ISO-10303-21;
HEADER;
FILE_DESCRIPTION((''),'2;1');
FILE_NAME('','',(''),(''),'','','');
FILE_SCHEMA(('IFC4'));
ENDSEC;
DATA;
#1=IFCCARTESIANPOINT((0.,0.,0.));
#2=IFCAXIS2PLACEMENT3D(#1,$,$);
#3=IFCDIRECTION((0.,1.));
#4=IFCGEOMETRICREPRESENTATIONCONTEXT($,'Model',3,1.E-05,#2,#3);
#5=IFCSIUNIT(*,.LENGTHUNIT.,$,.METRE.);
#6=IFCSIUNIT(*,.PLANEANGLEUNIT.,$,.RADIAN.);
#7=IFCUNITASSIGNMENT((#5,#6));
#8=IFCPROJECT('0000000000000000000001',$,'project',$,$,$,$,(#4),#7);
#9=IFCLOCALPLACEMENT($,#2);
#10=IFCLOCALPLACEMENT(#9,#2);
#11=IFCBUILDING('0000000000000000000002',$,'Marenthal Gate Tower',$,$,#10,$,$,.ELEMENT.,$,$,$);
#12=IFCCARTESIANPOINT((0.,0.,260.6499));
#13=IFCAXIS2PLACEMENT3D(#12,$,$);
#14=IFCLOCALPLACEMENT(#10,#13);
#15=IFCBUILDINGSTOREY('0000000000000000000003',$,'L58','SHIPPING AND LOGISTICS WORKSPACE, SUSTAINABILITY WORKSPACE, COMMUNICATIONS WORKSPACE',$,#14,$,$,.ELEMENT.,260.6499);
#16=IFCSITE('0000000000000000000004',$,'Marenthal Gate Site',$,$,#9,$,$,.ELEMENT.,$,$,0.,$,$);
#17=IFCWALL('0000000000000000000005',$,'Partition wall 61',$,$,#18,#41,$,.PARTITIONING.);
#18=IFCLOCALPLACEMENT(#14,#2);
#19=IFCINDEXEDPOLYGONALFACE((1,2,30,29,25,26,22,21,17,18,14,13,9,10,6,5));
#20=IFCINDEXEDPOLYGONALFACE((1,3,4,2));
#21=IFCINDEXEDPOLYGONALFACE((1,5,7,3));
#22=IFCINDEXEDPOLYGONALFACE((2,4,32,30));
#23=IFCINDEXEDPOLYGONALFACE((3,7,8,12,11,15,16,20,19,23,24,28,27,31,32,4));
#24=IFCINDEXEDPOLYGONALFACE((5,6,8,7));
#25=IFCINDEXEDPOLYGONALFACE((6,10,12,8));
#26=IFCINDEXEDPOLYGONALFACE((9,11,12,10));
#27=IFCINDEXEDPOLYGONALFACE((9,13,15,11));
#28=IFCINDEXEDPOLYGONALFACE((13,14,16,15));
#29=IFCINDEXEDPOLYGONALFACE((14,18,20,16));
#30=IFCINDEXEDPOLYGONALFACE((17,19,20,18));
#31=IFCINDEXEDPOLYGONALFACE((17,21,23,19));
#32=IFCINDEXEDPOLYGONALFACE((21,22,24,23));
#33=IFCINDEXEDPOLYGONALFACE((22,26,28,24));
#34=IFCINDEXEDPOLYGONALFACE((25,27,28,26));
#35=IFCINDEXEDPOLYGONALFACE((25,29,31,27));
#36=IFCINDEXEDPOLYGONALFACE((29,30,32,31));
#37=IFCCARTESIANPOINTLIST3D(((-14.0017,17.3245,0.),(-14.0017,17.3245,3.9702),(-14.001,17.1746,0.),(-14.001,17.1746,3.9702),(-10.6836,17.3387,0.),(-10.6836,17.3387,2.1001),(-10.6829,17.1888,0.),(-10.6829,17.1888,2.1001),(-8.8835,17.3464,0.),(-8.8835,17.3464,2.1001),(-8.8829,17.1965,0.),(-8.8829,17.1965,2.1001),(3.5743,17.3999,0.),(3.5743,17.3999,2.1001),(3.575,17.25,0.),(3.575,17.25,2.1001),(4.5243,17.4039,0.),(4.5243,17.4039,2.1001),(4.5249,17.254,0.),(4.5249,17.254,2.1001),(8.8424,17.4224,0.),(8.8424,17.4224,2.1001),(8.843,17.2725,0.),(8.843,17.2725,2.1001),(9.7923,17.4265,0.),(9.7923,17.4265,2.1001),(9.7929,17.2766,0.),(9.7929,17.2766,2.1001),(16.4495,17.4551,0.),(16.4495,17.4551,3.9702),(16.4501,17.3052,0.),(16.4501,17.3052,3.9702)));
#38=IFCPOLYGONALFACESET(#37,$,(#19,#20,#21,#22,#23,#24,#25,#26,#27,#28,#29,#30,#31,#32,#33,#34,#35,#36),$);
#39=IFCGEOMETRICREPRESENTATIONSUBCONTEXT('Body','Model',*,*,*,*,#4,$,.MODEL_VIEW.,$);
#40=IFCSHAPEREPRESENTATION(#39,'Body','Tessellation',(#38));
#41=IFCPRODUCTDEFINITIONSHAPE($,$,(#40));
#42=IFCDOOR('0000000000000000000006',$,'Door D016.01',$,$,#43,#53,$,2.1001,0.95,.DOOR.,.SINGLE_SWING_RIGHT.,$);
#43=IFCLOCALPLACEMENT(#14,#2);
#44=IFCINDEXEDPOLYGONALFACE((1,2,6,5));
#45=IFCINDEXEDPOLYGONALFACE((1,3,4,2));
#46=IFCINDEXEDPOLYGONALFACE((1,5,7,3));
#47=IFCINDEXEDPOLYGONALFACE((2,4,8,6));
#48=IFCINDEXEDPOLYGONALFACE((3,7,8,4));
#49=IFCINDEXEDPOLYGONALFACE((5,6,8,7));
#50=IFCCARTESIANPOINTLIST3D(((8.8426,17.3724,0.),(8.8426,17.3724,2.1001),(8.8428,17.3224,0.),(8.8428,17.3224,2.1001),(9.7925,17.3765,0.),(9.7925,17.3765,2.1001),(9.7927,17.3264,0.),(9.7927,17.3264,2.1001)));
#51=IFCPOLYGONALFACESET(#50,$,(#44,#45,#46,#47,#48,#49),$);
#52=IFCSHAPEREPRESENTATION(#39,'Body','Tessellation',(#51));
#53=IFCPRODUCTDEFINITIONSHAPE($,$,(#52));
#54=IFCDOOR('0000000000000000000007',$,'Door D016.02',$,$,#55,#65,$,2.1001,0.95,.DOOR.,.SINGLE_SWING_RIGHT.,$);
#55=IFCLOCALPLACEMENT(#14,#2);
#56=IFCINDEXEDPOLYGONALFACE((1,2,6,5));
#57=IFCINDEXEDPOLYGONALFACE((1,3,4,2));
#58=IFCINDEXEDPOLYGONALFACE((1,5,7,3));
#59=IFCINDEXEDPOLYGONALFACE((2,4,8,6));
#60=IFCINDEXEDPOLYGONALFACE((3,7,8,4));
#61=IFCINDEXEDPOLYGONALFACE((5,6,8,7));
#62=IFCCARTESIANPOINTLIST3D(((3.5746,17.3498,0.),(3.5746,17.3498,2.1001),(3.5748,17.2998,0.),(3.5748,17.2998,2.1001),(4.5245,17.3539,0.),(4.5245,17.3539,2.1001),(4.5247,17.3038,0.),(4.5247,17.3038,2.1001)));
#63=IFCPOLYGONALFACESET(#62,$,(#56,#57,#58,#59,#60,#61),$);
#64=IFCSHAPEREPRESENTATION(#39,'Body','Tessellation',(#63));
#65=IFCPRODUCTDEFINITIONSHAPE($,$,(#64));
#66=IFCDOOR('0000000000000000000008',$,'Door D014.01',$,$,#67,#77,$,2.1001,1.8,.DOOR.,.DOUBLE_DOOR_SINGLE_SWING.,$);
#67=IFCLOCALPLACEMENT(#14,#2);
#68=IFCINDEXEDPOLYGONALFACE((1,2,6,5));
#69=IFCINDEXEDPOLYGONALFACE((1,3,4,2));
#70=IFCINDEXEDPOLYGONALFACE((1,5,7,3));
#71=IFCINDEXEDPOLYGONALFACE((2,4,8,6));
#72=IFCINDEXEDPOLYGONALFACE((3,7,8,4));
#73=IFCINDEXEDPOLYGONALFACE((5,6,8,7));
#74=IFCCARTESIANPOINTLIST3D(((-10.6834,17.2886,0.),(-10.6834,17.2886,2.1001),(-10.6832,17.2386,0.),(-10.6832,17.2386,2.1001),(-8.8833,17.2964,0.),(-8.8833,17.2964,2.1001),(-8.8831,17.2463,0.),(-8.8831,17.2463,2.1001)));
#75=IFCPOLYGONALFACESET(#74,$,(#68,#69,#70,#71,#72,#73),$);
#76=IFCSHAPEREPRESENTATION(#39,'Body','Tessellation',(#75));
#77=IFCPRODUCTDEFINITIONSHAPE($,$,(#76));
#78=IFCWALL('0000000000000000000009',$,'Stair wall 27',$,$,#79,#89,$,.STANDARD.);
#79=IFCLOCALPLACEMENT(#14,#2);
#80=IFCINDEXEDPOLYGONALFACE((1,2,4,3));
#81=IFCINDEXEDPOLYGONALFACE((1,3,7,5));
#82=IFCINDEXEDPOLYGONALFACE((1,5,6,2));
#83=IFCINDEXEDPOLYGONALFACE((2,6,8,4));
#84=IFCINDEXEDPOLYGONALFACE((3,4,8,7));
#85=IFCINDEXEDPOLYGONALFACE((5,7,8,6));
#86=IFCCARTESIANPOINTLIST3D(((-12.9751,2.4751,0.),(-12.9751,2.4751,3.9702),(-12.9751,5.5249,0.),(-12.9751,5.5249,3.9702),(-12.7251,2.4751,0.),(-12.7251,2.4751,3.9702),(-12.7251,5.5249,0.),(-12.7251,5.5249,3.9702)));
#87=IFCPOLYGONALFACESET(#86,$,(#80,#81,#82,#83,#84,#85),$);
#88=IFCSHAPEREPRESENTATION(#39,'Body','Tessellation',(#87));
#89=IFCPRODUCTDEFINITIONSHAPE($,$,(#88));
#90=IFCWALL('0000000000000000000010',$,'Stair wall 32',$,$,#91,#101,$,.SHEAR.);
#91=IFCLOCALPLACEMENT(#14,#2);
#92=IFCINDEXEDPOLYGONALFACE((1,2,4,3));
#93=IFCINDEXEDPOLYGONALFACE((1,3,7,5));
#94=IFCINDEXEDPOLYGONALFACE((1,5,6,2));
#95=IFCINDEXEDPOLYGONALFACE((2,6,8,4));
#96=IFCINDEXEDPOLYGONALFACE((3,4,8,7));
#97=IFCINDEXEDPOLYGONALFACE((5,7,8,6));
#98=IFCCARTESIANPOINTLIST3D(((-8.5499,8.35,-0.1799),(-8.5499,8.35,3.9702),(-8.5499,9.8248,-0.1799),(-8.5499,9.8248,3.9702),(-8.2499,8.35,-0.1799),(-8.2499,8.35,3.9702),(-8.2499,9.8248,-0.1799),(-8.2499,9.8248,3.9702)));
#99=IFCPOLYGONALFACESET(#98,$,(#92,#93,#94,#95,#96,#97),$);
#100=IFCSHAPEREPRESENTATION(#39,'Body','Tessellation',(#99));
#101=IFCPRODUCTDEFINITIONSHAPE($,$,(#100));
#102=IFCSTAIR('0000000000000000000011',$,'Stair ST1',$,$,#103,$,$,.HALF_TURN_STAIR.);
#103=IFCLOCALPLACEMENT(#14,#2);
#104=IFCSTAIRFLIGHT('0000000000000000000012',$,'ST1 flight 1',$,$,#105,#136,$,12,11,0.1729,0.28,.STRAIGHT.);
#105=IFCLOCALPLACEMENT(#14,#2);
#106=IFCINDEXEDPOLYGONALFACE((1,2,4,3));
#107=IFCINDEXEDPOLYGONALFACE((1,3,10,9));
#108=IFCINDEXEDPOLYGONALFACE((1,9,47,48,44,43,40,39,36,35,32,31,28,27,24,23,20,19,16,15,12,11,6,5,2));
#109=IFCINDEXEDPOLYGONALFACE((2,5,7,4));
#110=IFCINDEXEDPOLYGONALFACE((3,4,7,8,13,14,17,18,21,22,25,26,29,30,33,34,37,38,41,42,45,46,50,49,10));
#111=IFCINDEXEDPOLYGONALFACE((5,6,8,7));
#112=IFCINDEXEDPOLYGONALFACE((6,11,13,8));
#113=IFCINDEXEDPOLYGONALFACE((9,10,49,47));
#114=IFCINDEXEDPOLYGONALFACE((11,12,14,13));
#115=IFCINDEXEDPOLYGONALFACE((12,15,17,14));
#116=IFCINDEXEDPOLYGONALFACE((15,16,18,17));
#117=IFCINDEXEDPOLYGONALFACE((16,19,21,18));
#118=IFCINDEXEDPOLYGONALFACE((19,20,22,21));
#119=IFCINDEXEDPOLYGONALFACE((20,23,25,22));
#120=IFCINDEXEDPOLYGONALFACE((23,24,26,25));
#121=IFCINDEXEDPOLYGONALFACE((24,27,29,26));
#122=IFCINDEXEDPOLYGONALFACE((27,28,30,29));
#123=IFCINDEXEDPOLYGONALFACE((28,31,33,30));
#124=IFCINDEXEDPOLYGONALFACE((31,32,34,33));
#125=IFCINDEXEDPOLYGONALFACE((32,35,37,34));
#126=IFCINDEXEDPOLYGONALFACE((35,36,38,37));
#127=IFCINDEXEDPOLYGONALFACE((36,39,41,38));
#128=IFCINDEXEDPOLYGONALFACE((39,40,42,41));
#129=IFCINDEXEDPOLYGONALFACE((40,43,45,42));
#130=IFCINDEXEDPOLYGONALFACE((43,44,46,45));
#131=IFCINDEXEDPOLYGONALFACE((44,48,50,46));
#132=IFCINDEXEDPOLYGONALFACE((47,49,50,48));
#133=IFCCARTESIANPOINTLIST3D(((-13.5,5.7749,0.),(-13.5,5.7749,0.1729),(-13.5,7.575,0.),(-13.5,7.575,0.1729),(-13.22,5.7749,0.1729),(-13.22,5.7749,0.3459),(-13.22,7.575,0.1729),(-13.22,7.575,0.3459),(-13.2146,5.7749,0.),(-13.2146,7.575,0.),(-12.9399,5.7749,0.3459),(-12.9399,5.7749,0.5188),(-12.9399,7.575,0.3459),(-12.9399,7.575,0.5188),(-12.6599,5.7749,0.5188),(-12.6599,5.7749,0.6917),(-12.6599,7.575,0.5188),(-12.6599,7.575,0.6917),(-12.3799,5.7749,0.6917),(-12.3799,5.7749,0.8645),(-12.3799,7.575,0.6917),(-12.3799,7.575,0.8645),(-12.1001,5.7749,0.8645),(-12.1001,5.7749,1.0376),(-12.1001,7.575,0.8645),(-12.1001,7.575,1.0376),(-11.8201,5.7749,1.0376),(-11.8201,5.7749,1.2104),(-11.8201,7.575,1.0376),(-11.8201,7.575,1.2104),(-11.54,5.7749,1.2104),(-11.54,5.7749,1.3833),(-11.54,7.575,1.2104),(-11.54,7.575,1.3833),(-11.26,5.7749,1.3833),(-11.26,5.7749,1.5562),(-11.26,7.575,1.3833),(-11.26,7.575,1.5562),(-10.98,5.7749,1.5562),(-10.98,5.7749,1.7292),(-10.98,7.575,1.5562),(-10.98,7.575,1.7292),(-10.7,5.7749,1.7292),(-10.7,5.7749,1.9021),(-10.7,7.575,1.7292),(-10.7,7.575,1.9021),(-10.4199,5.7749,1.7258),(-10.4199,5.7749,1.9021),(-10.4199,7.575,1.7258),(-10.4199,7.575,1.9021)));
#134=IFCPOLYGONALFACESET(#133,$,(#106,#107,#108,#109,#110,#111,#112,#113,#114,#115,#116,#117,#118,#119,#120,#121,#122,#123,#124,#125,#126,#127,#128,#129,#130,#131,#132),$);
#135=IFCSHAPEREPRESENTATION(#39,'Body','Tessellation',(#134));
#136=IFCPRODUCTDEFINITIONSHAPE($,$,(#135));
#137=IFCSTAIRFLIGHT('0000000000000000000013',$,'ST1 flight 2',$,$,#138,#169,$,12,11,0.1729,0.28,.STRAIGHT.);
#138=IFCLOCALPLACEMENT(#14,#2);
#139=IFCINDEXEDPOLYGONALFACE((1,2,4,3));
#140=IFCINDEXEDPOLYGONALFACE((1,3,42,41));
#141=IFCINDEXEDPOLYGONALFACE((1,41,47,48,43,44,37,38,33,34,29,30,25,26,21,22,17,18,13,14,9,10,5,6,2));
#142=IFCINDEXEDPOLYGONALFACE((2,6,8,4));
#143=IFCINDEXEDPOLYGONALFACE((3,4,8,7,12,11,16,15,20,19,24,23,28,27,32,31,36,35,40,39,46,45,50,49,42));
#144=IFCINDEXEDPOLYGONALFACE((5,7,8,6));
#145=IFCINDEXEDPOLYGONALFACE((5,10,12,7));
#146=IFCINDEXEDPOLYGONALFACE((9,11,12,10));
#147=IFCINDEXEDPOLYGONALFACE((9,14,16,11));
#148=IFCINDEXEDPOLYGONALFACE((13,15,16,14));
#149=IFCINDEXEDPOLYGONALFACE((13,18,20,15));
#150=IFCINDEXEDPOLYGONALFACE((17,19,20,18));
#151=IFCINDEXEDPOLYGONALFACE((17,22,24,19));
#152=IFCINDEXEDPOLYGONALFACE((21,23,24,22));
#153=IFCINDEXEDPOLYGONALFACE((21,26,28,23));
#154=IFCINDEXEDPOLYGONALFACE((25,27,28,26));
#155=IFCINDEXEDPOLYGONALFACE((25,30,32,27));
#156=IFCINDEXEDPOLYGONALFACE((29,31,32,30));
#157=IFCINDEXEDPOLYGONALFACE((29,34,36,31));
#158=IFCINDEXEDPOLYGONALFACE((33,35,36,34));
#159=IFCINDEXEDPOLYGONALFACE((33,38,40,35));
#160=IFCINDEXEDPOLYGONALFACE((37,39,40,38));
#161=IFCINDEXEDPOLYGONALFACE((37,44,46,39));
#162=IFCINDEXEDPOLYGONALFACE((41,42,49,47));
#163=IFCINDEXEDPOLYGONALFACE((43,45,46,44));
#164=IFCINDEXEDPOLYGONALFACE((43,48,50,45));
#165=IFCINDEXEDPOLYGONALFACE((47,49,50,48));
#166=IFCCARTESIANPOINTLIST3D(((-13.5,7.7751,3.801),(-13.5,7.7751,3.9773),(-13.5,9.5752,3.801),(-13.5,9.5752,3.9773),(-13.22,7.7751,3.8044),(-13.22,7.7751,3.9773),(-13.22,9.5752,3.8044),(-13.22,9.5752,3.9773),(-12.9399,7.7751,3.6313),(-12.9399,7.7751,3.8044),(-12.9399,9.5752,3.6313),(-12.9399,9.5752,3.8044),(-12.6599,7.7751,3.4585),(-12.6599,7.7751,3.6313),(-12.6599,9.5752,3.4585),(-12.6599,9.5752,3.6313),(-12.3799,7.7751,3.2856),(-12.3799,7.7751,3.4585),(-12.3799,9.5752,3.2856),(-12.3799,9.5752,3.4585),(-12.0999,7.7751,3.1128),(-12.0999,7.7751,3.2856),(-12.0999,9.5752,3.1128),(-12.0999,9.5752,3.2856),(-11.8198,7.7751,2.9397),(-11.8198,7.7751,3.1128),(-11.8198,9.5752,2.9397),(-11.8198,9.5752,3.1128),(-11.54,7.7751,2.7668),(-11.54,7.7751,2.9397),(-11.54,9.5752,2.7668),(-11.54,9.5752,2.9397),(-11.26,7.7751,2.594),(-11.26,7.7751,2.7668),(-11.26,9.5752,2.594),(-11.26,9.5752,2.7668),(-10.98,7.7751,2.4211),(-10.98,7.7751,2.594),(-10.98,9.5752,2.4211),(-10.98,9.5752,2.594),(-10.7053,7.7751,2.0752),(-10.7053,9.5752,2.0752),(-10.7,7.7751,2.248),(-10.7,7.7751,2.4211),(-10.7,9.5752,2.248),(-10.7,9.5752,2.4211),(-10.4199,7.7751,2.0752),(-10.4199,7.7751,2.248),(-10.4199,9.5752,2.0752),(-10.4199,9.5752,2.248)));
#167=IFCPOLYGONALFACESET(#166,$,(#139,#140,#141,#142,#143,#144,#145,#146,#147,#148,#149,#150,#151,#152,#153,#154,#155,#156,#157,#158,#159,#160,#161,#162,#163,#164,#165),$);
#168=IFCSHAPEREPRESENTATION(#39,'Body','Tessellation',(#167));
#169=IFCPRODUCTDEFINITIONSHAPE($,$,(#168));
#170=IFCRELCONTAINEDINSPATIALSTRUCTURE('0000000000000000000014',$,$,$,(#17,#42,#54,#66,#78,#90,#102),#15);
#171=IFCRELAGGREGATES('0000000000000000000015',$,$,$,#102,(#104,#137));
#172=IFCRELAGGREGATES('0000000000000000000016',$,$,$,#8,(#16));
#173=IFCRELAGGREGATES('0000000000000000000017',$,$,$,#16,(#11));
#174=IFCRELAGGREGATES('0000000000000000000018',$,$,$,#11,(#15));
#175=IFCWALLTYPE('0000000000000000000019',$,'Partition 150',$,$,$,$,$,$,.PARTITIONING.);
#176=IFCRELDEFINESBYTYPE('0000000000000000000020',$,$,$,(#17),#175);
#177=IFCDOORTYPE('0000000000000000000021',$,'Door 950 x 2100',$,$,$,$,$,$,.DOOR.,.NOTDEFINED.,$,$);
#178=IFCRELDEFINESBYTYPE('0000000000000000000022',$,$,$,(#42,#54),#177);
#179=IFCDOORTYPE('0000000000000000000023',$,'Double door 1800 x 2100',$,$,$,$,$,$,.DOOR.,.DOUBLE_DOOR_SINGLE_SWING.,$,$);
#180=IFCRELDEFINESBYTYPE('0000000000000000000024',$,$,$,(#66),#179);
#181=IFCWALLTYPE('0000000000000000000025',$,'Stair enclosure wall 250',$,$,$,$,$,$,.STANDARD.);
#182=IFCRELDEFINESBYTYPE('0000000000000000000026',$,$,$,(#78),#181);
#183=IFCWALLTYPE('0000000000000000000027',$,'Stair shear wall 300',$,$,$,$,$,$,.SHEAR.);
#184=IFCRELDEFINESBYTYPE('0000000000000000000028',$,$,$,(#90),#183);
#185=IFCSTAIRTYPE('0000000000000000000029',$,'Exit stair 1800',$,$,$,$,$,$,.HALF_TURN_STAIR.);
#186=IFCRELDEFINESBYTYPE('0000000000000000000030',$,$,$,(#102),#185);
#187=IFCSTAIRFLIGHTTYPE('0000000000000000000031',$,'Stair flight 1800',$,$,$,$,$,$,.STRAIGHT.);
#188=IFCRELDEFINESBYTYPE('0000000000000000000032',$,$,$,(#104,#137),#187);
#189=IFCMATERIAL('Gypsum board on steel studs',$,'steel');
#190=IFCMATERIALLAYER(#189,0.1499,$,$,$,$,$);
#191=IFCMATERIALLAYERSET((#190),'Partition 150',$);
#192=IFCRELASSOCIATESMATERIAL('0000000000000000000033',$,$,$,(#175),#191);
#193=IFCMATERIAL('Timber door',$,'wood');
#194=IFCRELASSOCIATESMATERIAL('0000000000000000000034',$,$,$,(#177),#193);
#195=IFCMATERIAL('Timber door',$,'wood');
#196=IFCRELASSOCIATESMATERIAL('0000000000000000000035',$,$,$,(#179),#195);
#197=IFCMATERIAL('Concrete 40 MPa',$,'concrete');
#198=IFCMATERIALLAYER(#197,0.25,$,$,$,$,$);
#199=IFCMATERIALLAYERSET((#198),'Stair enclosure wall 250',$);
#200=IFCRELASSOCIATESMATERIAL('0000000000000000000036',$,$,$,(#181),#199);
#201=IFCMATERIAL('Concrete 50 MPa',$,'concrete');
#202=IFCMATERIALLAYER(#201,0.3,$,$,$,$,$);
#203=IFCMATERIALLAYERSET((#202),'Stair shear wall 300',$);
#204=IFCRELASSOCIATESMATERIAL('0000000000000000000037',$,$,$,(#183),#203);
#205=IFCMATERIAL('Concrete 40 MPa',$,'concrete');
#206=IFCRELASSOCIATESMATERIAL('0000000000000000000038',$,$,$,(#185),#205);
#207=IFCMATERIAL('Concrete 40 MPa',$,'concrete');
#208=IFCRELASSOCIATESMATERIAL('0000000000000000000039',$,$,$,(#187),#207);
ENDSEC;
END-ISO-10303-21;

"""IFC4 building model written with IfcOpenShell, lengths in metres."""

from ifc_helpers import new_model, si_unit, direction, frame, frame_2d, origin, place, context, subcontext, project, spatial, polyline, rectangle, outline, extrude, material, layer, layer_set, type_object, element, fill, aggregate, save


model = new_model("IFC4")

# Units and contexts
model_context = context("Model", 3, precision=1e-05, world=origin(), true_north=direction((0.0, 1.0)))
body_context = subcontext(model_context, "Body", "Model", "MODEL_VIEW")
ifc_project = project(units=[si_unit("LENGTHUNIT", "METRE"), si_unit("PLANEANGLEUNIT", "RADIAN")], contexts=[model_context])

# Site, building, storey
site_placement = place(None, origin())
site = spatial("IfcSite", under=ifc_project, at=site_placement, Name="Marenthal Gate Site", CompositionType="ELEMENT", RefElevation=0.0)
building_placement = place(site_placement, origin())
building = spatial("IfcBuilding", under=site, at=building_placement, Name="Marenthal Gate Tower", CompositionType="ELEMENT")
storey_placement = place(building_placement, frame((0.0, 0.0, 260.6499)))
storey = spatial("IfcBuildingStorey", under=building, at=storey_placement, Name="L58", Description="SHIPPING AND LOGISTICS WORKSPACE, SUSTAINABILITY WORKSPACE, COMMUNICATIONS WORKSPACE", CompositionType="ELEMENT", Elevation=260.6499)

# Wall, openings, doors
ifc_material_1 = material(Name="Gypsum board on steel studs", Category="steel")
ifc_layer_1 = layer(ifc_material_1, 0.1499)
ifc_layer_set_1 = layer_set([ifc_layer_1], Name="Partition 150")
wall_type_1 = type_object("IfcWallType", Name="Partition 150", PredefinedType="PARTITIONING", material=ifc_layer_set_1)
wall_1_placement = place(storey_placement, frame((-14.0012, 17.2495, 0.0), z_axis=(0.0, 0.0, 1.0), x_axis=(0.999991, 0.004289, 0.0)))
wall_1 = element("IfcWall", 1, at=wall_1_placement, inside=storey, type_object=wall_type_1, Name="Partition wall 61", PredefinedType="PARTITIONING", context=body_context, shape_type="SweptSolid", body=[
    extrude(rectangle(XDim=30.4514, YDim=0.1499, at=frame_2d((15.2256, 0.0))), origin(), (0.0, 0.0, 1.0), 3.9702),
])
opening_1_placement = place(wall_1_placement, frame((22.844, 0.0, 0.0)))
opening_1 = element("IfcOpeningElement", 2, at=opening_1_placement, cuts=wall_1, PredefinedType="OPENING", context=body_context, shape_type="SweptSolid", body=[
    extrude(rectangle(XDim=0.95, YDim=2.1001, at=frame_2d((0.4751, 1.05))), frame((0.0, 0.085, 0.0), z_axis=(0.0, -1.0, 0.0), x_axis=(1.0, 0.0, 0.0)), (0.0, 0.0, 1.0), 0.1699),
])
opening_2_placement = place(wall_1_placement, frame((17.5759, 0.0, 0.0)))
opening_2 = element("IfcOpeningElement", 3, at=opening_2_placement, cuts=wall_1, PredefinedType="OPENING", context=body_context, shape_type="SweptSolid", body=[
    extrude(rectangle(XDim=0.95, YDim=2.1001, at=frame_2d((0.4751, 1.05))), frame((0.0, 0.085, 0.0), z_axis=(0.0, -1.0, 0.0), x_axis=(1.0, 0.0, 0.0)), (0.0, 0.0, 1.0), 0.1699),
])
opening_3_placement = place(wall_1_placement, frame((3.3181, 0.0, 0.0)))
opening_3 = element("IfcOpeningElement", 4, at=opening_3_placement, cuts=wall_1, PredefinedType="OPENING", context=body_context, shape_type="SweptSolid", body=[
    extrude(rectangle(XDim=1.8, YDim=2.1001, at=frame_2d((0.8999, 1.05))), frame((0.0, 0.085, 0.0), z_axis=(0.0, -1.0, 0.0), x_axis=(1.0, 0.0, 0.0)), (0.0, 0.0, 1.0), 0.1699),
])
ifc_material_2 = material(Name="Timber door", Category="wood")
door_type_1 = type_object("IfcDoorType", Name="Door 950 x 2100", OperationType="NOTDEFINED", PredefinedType="DOOR", material=ifc_material_2)
door_1_placement = place(opening_1_placement, origin())
door_1 = element("IfcDoor", 5, at=door_1_placement, inside=storey, type_object=door_type_1, Name="Door D016.01", OperationType="SINGLE_SWING_RIGHT", OverallHeight=2.1001, OverallWidth=0.95, PredefinedType="DOOR", context=body_context, shape_type="SweptSolid", body=[
    extrude(rectangle(XDim=0.95, YDim=2.1001, at=frame_2d((0.4751, 1.05))), frame((0.0, 0.0249, 0.0), z_axis=(0.0, -1.0, 0.0), x_axis=(1.0, 0.0, 0.0)), (0.0, 0.0, 1.0), 0.05),
])
fill(opening_1, door_1)
door_2_placement = place(opening_2_placement, origin())
door_2 = element("IfcDoor", 6, at=door_2_placement, inside=storey, type_object=door_type_1, Name="Door D016.02", OperationType="SINGLE_SWING_RIGHT", OverallHeight=2.1001, OverallWidth=0.95, PredefinedType="DOOR", context=body_context, shape_type="SweptSolid", body=[
    extrude(rectangle(XDim=0.95, YDim=2.1001, at=frame_2d((0.4751, 1.05))), frame((0.0, 0.0249, 0.0), z_axis=(0.0, -1.0, 0.0), x_axis=(1.0, 0.0, 0.0)), (0.0, 0.0, 1.0), 0.05),
])
fill(opening_2, door_2)
ifc_material_3 = material(Name="Timber door", Category="wood")
door_type_2 = type_object("IfcDoorType", Name="Double door 1800 x 2100", OperationType="DOUBLE_DOOR_SINGLE_SWING", PredefinedType="DOOR", material=ifc_material_3)
door_3_placement = place(opening_3_placement, origin())
door_3 = element("IfcDoor", 7, at=door_3_placement, inside=storey, type_object=door_type_2, Name="Door D014.01", OperationType="DOUBLE_DOOR_SINGLE_SWING", OverallHeight=2.1001, OverallWidth=1.8, PredefinedType="DOOR", context=body_context, shape_type="SweptSolid", body=[
    extrude(rectangle(XDim=1.8, YDim=2.1001, at=frame_2d((0.8999, 1.05))), frame((0.0, 0.0249, 0.0), z_axis=(0.0, -1.0, 0.0), x_axis=(1.0, 0.0, 0.0)), (0.0, 0.0, 1.0), 0.05),
])
fill(opening_3, door_3)

# Walls
ifc_material_4 = material(Name="Concrete 40 MPa", Category="concrete")
ifc_layer_2 = layer(ifc_material_4, 0.25)
ifc_layer_set_2 = layer_set([ifc_layer_2], Name="Stair enclosure wall 250")
wall_type_2 = type_object("IfcWallType", Name="Stair enclosure wall 250", PredefinedType="STANDARD", material=ifc_layer_set_2)
wall_2_placement = place(storey_placement, frame((-12.8501, 2.4751, 0.0), z_axis=(0.0, 0.0, 1.0), x_axis=(0.0, 1.0, 0.0)))
element("IfcWall", 8, at=wall_2_placement, inside=storey, type_object=wall_type_2, Name="Stair wall 27", PredefinedType="STANDARD", context=body_context, shape_type="SweptSolid", body=[
    extrude(rectangle(XDim=3.0498, YDim=0.25, at=frame_2d((1.5249, 0.0))), origin(), (0.0, 0.0, 1.0), 3.9702),
])
ifc_material_5 = material(Name="Concrete 50 MPa", Category="concrete")
ifc_layer_3 = layer(ifc_material_5, 0.3)
ifc_layer_set_3 = layer_set([ifc_layer_3], Name="Stair shear wall 300")
wall_type_3 = type_object("IfcWallType", Name="Stair shear wall 300", PredefinedType="SHEAR", material=ifc_layer_set_3)
wall_3_placement = place(storey_placement, frame((-8.3999, 8.3501, -0.1799), z_axis=(0.0, 0.0, 1.0), x_axis=(0.0, 1.0, 0.0)))
element("IfcWall", 9, at=wall_3_placement, inside=storey, type_object=wall_type_3, Name="Stair wall 32", PredefinedType="SHEAR", context=body_context, shape_type="SweptSolid", body=[
    extrude(rectangle(XDim=1.4749, YDim=0.3, at=frame_2d((0.7373, 0.0))), origin(), (0.0, 0.0, 1.0), 4.1501),
])

# Stair, stair flights
ifc_material_6 = material(Name="Concrete 40 MPa", Category="concrete")
stair_type = type_object("IfcStairType", Name="Exit stair 1800", PredefinedType="HALF_TURN_STAIR", material=ifc_material_6)
stair_placement = place(storey_placement, origin())
stair = element("IfcStair", 10, at=stair_placement, inside=storey, type_object=stair_type, Name="Stair ST1", PredefinedType="HALF_TURN_STAIR")
ifc_material_7 = material(Name="Concrete 40 MPa", Category="concrete")
stair_flight_type = type_object("IfcStairFlightType", Name="Stair flight 1800", PredefinedType="STRAIGHT", material=ifc_material_7)
stair_flight_1_placement = place(storey_placement, frame((-13.5, 6.675, 0.0), z_axis=(0.0, 0.0, 1.0), x_axis=(1.0, 0.0, 0.0)))
stair_flight_1 = element("IfcStairFlight", 11, at=stair_flight_1_placement, type_object=stair_flight_type, Name="ST1 flight 1", NumberOfRisers=12, NumberOfTreads=11, PredefinedType="STRAIGHT", RiserHeight=0.1729, TreadLength=0.28, context=body_context, shape_type="SweptSolid", body=[
    extrude(outline(polyline([(0.0, 0.0), (0.0, 0.1729), (0.28, 0.1729), (0.28, 0.3459), (0.5601, 0.3459), (0.5601, 0.5188), (0.8401, 0.5188), (0.8401, 0.6917), (1.1201, 0.6917), (1.1201, 0.8645), (1.3999, 0.8645), (1.3999, 1.0376), (1.6799, 1.0376), (1.6799, 1.2104), (1.96, 1.2104), (1.96, 1.3833), (2.24, 1.3833), (2.24, 1.5562), (2.52, 1.5562), (2.52, 1.7292), (2.8, 1.7292), (2.8, 1.9021), (3.0801, 1.9021), (3.0801, 2.075), (3.0801, 1.7258), (0.2854, 0.0), (0.0, 0.0)])), frame((0.0, 0.8999, 0.0), z_axis=(0.0, -1.0, 0.0), x_axis=(1.0, 0.0, 0.0)), (0.0, 0.0, 1.0), 1.8),
])
stair_flight_2_placement = place(storey_placement, frame((-10.4199, 8.675, 2.0752), z_axis=(0.0, 0.0, 1.0), x_axis=(-1.0, 0.0, 0.0)))
stair_flight_2 = element("IfcStairFlight", 12, at=stair_flight_2_placement, type_object=stair_flight_type, Name="ST1 flight 2", NumberOfRisers=12, NumberOfTreads=11, PredefinedType="STRAIGHT", RiserHeight=0.1729, TreadLength=0.28, context=body_context, shape_type="SweptSolid", body=[
    extrude(outline(polyline([(0.0, 0.0), (0.0, 0.1729), (0.28, 0.1729), (0.28, 0.3459), (0.5601, 0.3459), (0.5601, 0.5188), (0.8401, 0.5188), (0.8401, 0.6917), (1.1201, 0.6917), (1.1201, 0.8645), (1.3999, 0.8645), (1.3999, 1.0376), (1.6799, 1.0376), (1.6799, 1.2104), (1.96, 1.2104), (1.96, 1.3833), (2.24, 1.3833), (2.24, 1.5562), (2.52, 1.5562), (2.52, 1.7292), (2.8, 1.7292), (2.8, 1.9021), (3.0801, 1.9021), (3.0801, 2.075), (3.0801, 1.7258), (0.2854, 0.0), (0.0, 0.0)])), frame((0.0, 0.8999, 0.0), z_axis=(0.0, -1.0, 0.0), x_axis=(1.0, 0.0, 0.0)), (0.0, 0.0, 1.0), 1.8),
])
aggregate(stair, [stair_flight_1, stair_flight_2])

save(model, "model.ifc")
